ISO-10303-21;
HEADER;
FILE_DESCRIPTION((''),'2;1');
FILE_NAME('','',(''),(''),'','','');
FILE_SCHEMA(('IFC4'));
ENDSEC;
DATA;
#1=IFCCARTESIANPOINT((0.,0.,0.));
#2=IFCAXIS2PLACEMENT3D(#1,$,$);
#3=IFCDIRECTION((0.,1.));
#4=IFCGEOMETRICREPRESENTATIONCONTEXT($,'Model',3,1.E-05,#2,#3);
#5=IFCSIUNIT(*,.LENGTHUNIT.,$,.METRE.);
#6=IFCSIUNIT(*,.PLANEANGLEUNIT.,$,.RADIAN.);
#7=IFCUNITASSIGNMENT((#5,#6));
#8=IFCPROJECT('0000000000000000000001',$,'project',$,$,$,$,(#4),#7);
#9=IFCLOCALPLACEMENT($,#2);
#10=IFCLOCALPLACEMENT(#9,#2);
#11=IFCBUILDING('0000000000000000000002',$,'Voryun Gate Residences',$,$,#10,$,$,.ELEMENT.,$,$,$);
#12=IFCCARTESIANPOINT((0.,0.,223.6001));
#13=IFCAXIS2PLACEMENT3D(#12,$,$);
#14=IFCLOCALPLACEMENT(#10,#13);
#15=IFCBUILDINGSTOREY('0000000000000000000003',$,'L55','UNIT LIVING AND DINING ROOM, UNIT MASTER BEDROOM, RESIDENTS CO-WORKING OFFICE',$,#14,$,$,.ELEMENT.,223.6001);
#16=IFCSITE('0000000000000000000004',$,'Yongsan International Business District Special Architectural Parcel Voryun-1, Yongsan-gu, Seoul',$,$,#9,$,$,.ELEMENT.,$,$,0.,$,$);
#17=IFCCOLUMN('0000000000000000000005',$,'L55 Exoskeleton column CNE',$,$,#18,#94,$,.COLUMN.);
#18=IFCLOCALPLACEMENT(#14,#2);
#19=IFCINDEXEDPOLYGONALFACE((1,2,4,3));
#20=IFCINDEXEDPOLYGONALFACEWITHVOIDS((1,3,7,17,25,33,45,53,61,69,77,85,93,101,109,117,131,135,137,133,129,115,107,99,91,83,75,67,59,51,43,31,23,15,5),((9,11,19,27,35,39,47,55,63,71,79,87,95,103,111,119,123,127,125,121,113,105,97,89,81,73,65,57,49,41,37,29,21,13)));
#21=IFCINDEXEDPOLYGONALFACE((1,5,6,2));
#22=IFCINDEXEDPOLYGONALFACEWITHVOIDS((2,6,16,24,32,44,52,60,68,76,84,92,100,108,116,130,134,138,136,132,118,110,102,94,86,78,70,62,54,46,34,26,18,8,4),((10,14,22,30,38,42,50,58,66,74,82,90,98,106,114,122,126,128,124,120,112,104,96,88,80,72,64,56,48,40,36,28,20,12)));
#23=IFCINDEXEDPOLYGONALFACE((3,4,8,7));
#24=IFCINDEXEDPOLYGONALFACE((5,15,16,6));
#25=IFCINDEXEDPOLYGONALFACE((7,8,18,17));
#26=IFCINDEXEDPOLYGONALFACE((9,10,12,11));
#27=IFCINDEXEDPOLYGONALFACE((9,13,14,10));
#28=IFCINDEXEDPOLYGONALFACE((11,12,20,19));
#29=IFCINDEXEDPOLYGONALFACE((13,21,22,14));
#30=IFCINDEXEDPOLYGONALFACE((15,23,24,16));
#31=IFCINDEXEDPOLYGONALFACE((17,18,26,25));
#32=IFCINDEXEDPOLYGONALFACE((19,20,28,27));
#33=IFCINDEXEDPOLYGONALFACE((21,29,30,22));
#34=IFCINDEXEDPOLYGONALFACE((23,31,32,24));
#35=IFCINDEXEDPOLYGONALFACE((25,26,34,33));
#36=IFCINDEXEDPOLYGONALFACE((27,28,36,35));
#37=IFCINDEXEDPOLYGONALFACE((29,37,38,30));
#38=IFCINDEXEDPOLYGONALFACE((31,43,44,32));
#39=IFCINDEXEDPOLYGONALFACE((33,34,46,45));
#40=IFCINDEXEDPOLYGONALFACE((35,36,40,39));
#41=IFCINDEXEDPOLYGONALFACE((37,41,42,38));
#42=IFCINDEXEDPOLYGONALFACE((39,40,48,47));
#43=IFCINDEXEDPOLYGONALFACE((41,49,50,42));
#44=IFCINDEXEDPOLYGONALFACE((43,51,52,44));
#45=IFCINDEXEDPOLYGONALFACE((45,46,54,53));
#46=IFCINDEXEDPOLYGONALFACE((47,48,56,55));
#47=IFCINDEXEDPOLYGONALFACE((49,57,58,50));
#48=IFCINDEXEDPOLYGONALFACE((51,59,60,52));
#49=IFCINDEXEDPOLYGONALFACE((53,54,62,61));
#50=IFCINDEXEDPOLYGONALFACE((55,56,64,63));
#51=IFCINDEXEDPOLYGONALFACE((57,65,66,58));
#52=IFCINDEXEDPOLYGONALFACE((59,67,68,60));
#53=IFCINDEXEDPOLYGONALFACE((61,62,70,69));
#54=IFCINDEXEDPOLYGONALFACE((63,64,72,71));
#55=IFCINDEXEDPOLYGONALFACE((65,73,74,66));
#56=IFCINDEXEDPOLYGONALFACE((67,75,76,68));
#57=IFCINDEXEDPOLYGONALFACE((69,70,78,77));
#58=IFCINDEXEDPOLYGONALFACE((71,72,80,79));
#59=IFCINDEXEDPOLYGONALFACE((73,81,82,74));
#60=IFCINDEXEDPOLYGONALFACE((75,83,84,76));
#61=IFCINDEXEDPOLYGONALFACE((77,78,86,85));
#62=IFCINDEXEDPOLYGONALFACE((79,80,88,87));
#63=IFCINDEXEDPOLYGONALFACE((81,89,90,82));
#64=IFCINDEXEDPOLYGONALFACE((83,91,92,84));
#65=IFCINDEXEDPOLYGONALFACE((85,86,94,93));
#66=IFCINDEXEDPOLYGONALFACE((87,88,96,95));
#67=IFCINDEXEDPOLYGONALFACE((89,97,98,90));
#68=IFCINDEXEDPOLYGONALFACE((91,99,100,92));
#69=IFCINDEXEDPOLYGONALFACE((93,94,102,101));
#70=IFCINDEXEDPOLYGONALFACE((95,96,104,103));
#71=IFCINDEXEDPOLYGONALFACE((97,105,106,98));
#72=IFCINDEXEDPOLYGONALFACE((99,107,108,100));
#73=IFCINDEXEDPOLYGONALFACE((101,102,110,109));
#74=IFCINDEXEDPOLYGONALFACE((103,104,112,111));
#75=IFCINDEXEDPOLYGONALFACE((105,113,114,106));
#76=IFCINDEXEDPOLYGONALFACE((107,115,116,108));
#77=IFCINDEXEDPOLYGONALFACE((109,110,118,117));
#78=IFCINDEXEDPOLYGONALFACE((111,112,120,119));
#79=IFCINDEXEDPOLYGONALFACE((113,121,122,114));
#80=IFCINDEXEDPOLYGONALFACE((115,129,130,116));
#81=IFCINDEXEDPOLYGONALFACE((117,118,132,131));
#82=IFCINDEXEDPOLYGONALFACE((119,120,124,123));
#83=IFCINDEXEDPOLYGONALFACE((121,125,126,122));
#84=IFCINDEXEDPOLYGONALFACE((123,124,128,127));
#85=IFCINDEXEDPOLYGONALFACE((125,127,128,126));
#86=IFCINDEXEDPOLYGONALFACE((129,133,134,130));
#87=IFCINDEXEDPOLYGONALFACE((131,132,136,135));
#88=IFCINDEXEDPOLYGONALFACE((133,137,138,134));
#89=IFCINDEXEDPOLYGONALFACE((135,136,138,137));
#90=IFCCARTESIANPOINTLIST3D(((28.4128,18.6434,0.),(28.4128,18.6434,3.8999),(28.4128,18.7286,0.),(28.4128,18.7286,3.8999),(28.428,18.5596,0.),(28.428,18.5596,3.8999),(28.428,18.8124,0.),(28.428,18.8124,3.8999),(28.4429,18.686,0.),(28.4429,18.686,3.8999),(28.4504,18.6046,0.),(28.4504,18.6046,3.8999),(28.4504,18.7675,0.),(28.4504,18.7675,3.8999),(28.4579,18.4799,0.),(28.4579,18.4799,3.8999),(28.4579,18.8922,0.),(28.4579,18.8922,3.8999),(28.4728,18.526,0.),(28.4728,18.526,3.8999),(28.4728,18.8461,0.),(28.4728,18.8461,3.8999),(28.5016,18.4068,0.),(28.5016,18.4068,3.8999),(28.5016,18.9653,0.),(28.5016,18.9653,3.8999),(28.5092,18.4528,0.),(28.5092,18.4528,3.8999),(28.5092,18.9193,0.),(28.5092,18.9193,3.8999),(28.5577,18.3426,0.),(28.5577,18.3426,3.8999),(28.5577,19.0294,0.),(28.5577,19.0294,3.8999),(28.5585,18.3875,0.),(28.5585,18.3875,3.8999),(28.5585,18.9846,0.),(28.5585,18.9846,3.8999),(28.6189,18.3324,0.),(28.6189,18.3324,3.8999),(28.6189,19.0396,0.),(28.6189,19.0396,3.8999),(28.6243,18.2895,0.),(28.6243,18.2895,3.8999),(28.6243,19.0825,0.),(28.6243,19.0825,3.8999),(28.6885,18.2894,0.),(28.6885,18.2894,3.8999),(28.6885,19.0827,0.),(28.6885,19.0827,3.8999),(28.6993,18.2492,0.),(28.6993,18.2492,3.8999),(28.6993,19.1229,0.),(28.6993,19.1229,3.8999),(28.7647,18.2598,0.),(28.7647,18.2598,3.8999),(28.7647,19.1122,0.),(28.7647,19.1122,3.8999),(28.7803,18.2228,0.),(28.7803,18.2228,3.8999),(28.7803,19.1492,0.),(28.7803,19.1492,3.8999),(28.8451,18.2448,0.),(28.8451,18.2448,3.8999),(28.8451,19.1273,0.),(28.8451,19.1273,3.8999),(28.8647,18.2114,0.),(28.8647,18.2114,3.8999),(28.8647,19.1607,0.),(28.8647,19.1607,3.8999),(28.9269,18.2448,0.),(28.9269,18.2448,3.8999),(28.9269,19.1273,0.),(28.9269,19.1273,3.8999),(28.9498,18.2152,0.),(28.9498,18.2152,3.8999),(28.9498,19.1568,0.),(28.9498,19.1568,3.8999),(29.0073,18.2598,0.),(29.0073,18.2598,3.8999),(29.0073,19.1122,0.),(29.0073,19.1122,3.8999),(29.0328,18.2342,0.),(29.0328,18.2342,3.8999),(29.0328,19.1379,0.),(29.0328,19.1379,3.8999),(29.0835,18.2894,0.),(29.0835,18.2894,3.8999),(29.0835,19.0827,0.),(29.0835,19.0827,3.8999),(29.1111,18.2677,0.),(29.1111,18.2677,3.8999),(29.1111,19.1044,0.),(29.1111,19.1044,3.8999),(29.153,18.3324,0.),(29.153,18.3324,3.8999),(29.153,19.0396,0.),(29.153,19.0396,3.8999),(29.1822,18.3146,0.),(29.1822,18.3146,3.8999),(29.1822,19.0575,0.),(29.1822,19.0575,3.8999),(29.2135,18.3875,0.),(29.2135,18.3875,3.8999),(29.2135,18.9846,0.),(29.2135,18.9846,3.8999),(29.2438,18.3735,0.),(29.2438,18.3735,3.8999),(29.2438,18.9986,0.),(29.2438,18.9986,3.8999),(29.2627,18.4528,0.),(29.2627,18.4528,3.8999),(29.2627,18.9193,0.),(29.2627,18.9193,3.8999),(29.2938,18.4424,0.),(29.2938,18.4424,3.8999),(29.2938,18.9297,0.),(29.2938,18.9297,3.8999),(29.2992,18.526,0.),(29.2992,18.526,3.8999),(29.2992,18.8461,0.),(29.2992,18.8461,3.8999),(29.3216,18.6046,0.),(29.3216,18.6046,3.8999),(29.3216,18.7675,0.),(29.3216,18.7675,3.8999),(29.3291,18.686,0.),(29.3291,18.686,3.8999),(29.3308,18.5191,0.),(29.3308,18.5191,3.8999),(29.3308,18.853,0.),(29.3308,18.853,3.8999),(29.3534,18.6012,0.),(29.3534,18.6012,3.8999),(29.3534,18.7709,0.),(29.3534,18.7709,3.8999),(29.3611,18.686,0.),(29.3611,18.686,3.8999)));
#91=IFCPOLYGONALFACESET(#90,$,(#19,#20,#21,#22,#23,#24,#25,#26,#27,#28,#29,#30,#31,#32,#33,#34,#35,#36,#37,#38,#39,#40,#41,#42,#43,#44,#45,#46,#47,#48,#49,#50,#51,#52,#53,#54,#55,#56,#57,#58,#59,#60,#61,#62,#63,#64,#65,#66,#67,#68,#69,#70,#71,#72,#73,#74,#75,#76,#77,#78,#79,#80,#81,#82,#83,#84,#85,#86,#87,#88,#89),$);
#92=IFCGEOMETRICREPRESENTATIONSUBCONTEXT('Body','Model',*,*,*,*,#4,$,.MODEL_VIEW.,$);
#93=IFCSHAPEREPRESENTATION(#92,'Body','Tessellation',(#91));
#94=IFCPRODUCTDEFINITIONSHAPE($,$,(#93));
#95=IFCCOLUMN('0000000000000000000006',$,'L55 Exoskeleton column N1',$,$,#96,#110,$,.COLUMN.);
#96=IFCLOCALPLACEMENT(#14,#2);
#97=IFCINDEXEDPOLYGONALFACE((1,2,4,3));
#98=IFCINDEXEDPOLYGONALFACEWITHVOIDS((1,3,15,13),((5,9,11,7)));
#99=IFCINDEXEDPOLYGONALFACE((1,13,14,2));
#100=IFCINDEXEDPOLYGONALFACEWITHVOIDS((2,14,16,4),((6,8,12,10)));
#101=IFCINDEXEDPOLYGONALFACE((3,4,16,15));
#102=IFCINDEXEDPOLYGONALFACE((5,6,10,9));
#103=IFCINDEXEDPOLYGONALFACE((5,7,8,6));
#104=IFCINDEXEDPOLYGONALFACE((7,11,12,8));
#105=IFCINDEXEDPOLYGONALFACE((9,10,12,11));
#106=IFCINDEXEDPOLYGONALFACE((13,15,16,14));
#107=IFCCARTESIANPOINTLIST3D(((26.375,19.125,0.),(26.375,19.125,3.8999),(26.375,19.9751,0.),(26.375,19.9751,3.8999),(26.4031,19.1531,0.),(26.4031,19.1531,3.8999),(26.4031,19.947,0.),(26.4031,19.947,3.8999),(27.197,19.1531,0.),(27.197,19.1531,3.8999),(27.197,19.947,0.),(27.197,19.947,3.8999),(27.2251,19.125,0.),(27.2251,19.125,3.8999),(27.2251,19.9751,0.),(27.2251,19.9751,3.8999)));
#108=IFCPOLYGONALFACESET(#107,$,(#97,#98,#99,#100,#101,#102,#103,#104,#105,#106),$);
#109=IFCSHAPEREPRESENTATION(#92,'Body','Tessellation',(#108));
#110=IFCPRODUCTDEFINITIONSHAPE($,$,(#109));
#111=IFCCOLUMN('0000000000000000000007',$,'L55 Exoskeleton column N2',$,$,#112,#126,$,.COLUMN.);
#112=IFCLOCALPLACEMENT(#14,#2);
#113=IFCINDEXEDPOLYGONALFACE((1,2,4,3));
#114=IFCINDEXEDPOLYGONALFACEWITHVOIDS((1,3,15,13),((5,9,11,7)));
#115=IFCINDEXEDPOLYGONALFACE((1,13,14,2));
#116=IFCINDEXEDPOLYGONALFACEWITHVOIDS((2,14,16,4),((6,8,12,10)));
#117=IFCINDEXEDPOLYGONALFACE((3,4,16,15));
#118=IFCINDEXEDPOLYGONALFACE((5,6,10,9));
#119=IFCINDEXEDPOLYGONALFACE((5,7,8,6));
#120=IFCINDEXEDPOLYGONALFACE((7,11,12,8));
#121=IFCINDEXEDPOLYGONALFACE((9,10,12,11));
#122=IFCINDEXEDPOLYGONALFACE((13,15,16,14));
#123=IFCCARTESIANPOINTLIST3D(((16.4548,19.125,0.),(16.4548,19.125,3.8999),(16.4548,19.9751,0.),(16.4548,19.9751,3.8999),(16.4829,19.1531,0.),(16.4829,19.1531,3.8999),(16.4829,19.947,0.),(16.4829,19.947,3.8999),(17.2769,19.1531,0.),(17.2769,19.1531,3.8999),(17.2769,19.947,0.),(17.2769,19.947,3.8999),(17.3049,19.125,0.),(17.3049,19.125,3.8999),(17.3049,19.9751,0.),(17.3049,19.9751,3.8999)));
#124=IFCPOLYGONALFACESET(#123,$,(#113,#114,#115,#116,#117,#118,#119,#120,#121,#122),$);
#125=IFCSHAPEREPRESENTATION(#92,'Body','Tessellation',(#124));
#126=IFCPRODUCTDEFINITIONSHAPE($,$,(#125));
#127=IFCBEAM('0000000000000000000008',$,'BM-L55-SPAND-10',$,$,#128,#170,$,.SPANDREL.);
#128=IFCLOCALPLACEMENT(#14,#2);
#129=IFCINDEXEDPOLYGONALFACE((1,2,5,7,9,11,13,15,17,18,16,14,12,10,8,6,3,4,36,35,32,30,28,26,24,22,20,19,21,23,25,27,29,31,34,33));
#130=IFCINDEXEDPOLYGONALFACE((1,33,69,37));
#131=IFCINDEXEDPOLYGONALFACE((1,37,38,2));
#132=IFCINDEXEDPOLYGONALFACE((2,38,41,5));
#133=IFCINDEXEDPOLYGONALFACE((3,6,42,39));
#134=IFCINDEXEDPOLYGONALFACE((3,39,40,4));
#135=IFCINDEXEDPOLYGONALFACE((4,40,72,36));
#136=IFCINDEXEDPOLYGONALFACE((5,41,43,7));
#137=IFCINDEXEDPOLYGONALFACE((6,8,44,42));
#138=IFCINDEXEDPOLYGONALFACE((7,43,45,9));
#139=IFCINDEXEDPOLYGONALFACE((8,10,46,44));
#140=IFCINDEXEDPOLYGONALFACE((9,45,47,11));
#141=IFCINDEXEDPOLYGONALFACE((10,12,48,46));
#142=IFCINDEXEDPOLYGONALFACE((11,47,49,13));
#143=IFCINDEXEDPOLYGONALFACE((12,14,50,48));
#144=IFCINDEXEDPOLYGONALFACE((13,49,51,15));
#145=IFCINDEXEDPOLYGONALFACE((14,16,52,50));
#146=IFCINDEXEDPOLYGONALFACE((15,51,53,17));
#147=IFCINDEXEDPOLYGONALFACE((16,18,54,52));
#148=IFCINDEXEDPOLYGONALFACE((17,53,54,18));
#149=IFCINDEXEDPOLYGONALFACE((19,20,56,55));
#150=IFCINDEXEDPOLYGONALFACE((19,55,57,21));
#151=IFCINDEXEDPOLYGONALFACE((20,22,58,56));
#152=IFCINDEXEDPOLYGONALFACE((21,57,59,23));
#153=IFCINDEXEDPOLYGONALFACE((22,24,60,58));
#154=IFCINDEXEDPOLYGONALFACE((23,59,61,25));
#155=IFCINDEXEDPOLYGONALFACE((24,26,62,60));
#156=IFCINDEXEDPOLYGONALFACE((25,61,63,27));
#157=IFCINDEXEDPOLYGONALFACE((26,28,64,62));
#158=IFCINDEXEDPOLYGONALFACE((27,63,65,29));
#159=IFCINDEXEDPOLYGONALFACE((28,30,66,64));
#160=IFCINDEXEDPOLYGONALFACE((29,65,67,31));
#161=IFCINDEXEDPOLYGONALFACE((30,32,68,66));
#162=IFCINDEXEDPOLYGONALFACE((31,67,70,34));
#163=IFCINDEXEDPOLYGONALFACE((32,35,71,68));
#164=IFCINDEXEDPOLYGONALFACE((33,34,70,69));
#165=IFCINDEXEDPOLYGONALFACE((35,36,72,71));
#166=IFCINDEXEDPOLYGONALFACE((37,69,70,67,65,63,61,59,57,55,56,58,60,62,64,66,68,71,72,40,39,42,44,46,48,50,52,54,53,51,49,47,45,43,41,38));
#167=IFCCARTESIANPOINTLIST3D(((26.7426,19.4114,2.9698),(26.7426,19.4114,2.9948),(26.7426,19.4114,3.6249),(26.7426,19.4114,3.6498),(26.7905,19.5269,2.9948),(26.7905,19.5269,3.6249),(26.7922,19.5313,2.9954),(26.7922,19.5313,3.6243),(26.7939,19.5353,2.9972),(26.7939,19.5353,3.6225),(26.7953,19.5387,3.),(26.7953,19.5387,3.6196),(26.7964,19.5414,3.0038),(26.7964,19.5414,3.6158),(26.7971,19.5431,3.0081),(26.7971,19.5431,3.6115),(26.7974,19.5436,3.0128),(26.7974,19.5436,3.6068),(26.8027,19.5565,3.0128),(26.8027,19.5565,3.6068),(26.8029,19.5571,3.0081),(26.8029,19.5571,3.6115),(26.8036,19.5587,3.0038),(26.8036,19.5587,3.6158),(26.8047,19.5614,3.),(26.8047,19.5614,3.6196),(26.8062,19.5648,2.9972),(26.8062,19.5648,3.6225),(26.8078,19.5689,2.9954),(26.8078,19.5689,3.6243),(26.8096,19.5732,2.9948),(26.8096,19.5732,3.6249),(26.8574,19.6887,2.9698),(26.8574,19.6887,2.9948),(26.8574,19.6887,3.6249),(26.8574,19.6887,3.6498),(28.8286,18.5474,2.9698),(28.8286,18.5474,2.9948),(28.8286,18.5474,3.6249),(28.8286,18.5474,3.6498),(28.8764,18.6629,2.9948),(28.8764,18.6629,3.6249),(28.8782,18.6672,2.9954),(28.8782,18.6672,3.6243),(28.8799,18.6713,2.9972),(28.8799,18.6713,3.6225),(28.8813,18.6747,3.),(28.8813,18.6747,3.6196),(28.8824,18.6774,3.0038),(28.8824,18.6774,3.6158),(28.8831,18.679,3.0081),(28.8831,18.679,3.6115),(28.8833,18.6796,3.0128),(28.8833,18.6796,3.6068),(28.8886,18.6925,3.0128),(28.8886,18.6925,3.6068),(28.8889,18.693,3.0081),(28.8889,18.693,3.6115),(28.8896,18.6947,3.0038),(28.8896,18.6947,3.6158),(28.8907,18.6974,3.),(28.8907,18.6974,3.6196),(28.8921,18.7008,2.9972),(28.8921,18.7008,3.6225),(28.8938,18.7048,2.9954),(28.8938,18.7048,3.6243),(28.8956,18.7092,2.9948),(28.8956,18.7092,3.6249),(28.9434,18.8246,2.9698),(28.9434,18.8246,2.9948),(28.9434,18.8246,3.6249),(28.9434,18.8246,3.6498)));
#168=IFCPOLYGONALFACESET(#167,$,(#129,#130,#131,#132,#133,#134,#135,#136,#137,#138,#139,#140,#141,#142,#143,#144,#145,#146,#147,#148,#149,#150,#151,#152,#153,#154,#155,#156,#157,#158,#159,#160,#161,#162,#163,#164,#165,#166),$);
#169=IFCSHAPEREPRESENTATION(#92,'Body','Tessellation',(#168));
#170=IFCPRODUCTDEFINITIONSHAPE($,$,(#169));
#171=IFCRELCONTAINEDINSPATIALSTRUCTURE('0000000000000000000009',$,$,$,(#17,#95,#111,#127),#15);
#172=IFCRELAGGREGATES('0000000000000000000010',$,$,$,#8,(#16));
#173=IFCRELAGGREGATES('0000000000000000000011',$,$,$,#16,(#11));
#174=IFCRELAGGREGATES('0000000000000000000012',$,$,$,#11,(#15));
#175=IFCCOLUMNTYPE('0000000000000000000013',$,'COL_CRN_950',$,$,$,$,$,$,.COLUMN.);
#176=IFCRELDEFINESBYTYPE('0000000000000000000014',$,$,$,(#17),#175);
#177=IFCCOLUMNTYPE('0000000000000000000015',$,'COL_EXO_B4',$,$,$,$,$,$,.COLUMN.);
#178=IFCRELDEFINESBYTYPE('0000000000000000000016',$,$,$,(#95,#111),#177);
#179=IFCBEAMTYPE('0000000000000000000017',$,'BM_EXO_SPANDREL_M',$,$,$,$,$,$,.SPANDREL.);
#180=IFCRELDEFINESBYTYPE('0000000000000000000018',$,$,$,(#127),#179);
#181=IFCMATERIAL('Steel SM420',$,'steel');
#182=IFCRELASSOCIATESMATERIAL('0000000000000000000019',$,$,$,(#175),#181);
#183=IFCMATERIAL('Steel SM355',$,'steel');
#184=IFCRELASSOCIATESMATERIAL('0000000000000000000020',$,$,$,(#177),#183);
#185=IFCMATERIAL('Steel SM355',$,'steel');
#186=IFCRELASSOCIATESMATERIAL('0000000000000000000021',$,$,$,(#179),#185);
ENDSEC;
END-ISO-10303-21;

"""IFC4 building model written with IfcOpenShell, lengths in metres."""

from ifc_helpers import new_model, si_unit, direction, frame, origin, origin_2d, place, context, subcontext, project, spatial, hollow_rectangle, hollow_circle, i_section, extrude, material, material_profile, profile_set, type_object, element, save


model = new_model("IFC4")

# Units and contexts
model_context = context("Model", 3, precision=1e-05, world=origin(), true_north=direction((0.0, 1.0)))
body_context = subcontext(model_context, "Body", "Model", "MODEL_VIEW")
ifc_project = project(units=[si_unit("LENGTHUNIT", "METRE"), si_unit("PLANEANGLEUNIT", "RADIAN")], contexts=[model_context])

# Site, building, storey
site_placement = place(None, origin())
site = spatial("IfcSite", under=ifc_project, at=site_placement, Name="Yongsan International Business District Special Architectural Parcel Voryun-1, Yongsan-gu, Seoul", CompositionType="ELEMENT", RefElevation=0.0)
building_placement = place(site_placement, origin())
building = spatial("IfcBuilding", under=site, at=building_placement, Name="Voryun Gate Residences", CompositionType="ELEMENT")
storey_placement = place(building_placement, frame((0.0, 0.0, 223.6001)))
storey = spatial("IfcBuildingStorey", under=building, at=storey_placement, Name="L55", Description="UNIT LIVING AND DINING ROOM, UNIT MASTER BEDROOM, RESIDENTS CO-WORKING OFFICE", CompositionType="ELEMENT", Elevation=223.6001)

# Columns
ifc_material_1 = material(Name="Steel SM420", Category="steel")
ifc_material_profile_1 = material_profile(ifc_material_1, hollow_circle(Radius=0.4751, WallThickness=0.032, at=origin_2d()), Name="CHS-950x32")
ifc_profile_set_1 = profile_set([ifc_material_profile_1], Name="Steel SM420")
column_type_1 = type_object("IfcColumnType", Name="COL_CRN_950", PredefinedType="COLUMN", material=ifc_profile_set_1)
column_placement = place(storey_placement, frame((28.886, 18.686, 0.0), z_axis=(0.0, 0.0, 1.0), x_axis=(1.0, 0.0, 0.0)))
element("IfcColumn", 1, at=column_placement, inside=storey, type_object=column_type_1, Name="L55 Exoskeleton column CNE", PredefinedType="COLUMN", context=body_context, shape_type="SweptSolid", body=[
    extrude(hollow_circle(Radius=0.4751, WallThickness=0.032, at=origin_2d()), origin(), (0.0, 0.0, 1.0), 3.8999),
])
ifc_material_2 = material(Name="Steel SM355", Category="steel")
ifc_material_profile_2 = material_profile(ifc_material_2, hollow_rectangle(XDim=0.8501, YDim=0.8501, WallThickness=0.0281, at=origin_2d()), Name="BOX-850x850x28")
ifc_profile_set_2 = profile_set([ifc_material_profile_2], Name="Steel SM355")
column_type_2 = type_object("IfcColumnType", Name="COL_EXO_B4", PredefinedType="COLUMN", material=ifc_profile_set_2)
for number, where, z_axis, x_axis, name in (
    (2, (26.8, 19.55, 0.0), (0.0, 0.0, 1.0), (1.0, 0.0, 0.0), "L55 Exoskeleton column N1"),
    (3, (16.8799, 19.55, 0.0), (0.0, 0.0, 1.0), (1.0, 0.0, 0.0), "L55 Exoskeleton column N2"),
):
    element("IfcColumn", number, at=place(storey_placement, frame(where, z_axis=z_axis, x_axis=x_axis)), inside=storey, type_object=column_type_2, Name=name, PredefinedType="COLUMN", context=body_context, shape_type="SweptSolid", body=[
        extrude(hollow_rectangle(XDim=0.8501, YDim=0.8501, WallThickness=0.0281, at=origin_2d()), origin(), (0.0, 0.0, 1.0), 3.8999),
    ])

# Beam
ifc_material_3 = material(Name="Steel SM355", Category="steel")
ifc_material_profile_3 = material_profile(ifc_material_3, i_section(OverallWidth=0.3, OverallDepth=0.6799, WebThickness=0.0139, FlangeThickness=0.0249, FilletRadius=0.0181, at=origin_2d()), Name="H-680x300x14x25")
ifc_profile_set_3 = profile_set([ifc_material_profile_3], Name="Steel SM355")
beam_type = type_object("IfcBeamType", Name="BM_EXO_SPANDREL_M", PredefinedType="SPANDREL", material=ifc_profile_set_3)
beam_1_placement = place(storey_placement, frame((28.886, 18.686, 3.3098), z_axis=(-0.923881, 0.38268, 0.0), x_axis=(-0.38268, -0.923881, 0.0)))
element("IfcBeam", 4, at=beam_1_placement, inside=storey, type_object=beam_type, Name="BM-L55-SPAND-10", PredefinedType="SPANDREL", context=body_context, shape_type="SweptSolid", body=[
    extrude(i_section(OverallWidth=0.3, OverallDepth=0.6799, WebThickness=0.0139, FlangeThickness=0.0249, FilletRadius=0.0181, at=origin_2d()), origin(), (0.0, 0.0, 1.0), 2.2578),
])

save(model, "model.ifc")
